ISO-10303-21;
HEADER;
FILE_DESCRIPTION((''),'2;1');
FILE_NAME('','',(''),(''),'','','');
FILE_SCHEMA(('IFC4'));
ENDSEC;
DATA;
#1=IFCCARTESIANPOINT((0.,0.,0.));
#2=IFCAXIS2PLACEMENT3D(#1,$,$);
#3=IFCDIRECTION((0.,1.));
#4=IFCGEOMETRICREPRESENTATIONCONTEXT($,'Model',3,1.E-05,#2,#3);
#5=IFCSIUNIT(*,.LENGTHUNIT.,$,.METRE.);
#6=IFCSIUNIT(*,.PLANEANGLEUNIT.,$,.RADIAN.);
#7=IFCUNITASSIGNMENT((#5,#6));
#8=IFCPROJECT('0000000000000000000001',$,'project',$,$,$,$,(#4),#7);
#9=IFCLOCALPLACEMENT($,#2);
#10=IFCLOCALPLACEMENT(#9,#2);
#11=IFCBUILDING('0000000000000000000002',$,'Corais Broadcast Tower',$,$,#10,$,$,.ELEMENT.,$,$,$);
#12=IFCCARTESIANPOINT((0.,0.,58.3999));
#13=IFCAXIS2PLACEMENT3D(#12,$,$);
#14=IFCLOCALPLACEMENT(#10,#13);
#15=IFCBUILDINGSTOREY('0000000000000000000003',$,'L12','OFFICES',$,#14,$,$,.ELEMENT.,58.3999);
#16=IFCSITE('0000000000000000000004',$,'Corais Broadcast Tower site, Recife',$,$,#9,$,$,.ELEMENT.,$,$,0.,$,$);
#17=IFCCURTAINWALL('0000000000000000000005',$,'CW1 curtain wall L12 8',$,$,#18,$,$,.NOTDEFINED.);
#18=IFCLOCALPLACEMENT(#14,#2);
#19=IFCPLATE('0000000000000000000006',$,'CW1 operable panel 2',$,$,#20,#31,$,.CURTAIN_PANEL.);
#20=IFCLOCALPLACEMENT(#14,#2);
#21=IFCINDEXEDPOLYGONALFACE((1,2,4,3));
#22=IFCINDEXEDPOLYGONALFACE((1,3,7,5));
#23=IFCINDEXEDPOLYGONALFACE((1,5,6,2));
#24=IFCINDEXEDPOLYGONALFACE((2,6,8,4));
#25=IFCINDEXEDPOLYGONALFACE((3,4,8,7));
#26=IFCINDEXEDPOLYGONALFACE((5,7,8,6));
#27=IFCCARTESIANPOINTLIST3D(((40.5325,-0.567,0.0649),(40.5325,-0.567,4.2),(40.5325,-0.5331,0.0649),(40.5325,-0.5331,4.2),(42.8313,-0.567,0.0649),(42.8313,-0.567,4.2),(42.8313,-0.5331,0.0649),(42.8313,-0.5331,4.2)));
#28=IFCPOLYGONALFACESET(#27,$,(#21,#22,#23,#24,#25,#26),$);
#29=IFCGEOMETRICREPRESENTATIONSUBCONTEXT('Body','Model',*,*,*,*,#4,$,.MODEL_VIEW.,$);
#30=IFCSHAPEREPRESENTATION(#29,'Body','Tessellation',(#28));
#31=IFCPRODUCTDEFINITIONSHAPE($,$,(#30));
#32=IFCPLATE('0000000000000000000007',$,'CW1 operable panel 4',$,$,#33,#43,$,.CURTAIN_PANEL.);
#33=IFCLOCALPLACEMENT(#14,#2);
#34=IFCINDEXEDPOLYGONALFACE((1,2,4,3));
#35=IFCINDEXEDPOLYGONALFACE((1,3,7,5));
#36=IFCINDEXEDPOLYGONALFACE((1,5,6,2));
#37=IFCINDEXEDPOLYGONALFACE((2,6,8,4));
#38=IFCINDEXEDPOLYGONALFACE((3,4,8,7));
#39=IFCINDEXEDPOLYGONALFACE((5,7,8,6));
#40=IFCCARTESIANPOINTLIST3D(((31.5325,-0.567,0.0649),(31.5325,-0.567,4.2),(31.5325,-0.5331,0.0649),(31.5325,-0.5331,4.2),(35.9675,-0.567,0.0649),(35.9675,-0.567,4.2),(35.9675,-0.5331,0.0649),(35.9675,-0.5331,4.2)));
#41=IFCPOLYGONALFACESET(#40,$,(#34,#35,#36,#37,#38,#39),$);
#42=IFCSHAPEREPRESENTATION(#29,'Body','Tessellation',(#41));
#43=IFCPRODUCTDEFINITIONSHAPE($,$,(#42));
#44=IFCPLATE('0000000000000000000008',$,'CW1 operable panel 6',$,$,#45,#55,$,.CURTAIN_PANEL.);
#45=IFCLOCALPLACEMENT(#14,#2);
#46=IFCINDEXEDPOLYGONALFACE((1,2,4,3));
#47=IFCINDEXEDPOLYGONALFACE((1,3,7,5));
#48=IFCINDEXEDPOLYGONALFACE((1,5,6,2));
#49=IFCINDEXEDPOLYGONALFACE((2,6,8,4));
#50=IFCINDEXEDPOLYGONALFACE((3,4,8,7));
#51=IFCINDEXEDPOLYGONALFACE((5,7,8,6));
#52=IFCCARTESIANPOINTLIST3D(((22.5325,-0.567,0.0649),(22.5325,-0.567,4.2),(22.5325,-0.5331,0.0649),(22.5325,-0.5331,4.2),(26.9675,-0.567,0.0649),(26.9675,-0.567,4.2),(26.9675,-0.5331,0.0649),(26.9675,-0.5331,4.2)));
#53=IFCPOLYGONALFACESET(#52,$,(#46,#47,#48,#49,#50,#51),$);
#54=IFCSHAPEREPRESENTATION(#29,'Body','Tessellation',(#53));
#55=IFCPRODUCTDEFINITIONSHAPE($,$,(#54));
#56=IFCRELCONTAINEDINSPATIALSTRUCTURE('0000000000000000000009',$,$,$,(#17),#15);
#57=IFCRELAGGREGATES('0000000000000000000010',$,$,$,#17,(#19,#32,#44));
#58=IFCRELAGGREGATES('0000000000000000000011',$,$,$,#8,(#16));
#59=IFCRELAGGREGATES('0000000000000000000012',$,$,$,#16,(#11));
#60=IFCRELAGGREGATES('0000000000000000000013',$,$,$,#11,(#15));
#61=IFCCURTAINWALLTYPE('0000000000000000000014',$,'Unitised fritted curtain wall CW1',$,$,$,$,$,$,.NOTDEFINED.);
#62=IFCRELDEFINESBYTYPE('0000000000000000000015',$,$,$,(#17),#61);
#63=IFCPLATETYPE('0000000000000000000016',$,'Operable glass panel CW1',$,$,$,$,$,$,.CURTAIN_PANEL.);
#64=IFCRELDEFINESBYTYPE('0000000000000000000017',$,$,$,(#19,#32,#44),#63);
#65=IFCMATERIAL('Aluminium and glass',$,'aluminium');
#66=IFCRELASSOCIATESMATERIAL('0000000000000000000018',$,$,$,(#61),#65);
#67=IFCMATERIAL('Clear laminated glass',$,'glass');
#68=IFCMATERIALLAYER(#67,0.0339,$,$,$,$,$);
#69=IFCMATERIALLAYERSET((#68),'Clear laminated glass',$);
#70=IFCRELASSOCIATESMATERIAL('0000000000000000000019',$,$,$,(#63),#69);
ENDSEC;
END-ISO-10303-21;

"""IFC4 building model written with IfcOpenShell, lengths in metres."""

from ifc_helpers import new_model, si_unit, direction, frame, origin, origin_2d, place, context, subcontext, project, spatial, rectangle, extrude, material, layer, layer_set, type_object, element, aggregate, save


model = new_model("IFC4")

# Units and contexts
model_context = context("Model", 3, precision=1e-05, world=origin(), true_north=direction((0.0, 1.0)))
body_context = subcontext(model_context, "Body", "Model", "MODEL_VIEW")
ifc_project = project(units=[si_unit("LENGTHUNIT", "METRE"), si_unit("PLANEANGLEUNIT", "RADIAN")], contexts=[model_context])

# Site, building, storey
site_placement = place(None, origin())
site = spatial("IfcSite", under=ifc_project, at=site_placement, Name="Corais Broadcast Tower site, Recife", CompositionType="ELEMENT", RefElevation=0.0)
building_placement = place(site_placement, origin())
building = spatial("IfcBuilding", under=site, at=building_placement, Name="Corais Broadcast Tower", CompositionType="ELEMENT")
storey_placement = place(building_placement, frame((0.0, 0.0, 58.3999)))
storey = spatial("IfcBuildingStorey", under=building, at=storey_placement, Name="L12", Description="OFFICES", CompositionType="ELEMENT", Elevation=58.3999)

# Curtain wall
ifc_material_1 = material(Name="Aluminium and glass", Category="aluminium")
curtain_wall_type = type_object("IfcCurtainWallType", Name="Unitised fritted curtain wall CW1", PredefinedType="NOTDEFINED", material=ifc_material_1)
curtain_wall_placement = place(storey_placement, origin())
curtain_wall = element("IfcCurtainWall", 1, at=curtain_wall_placement, inside=storey, type_object=curtain_wall_type, Name="CW1 curtain wall L12 8", PredefinedType="NOTDEFINED")

# Plates
ifc_material_2 = material(Name="Clear laminated glass", Category="glass")
ifc_layer_1 = layer(ifc_material_2, 0.0339)
ifc_layer_set_1 = layer_set([ifc_layer_1], Name="Clear laminated glass")
plate_type_1 = type_object("IfcPlateType", Name="Operable glass panel CW1", PredefinedType="CURTAIN_PANEL", material=ifc_layer_set_1)
plate_1_placement = place(storey_placement, frame((41.6819, -0.55, 0.0649), z_axis=(0.0, 0.0, 1.0), x_axis=(-1.0, 0.0, 0.0)))
plate_1 = element("IfcPlate", 2, at=plate_1_placement, type_object=plate_type_1, Name="CW1 operable panel 2", PredefinedType="CURTAIN_PANEL", context=body_context, shape_type="SweptSolid", body=[
    extrude(rectangle(XDim=2.2988, YDim=0.0339, at=origin_2d()), origin(), (0.0, 0.0, 1.0), 4.135),
])
plate_2_placement = place(storey_placement, frame((33.75, -0.55, 0.0649), z_axis=(0.0, 0.0, 1.0), x_axis=(-1.0, 0.0, 0.0)))
plate_2 = element("IfcPlate", 3, at=plate_2_placement, type_object=plate_type_1, Name="CW1 operable panel 4", PredefinedType="CURTAIN_PANEL", context=body_context, shape_type="SweptSolid", body=[
    extrude(rectangle(XDim=4.4351, YDim=0.0339, at=origin_2d()), origin(), (0.0, 0.0, 1.0), 4.135),
])
plate_3_placement = place(storey_placement, frame((24.75, -0.55, 0.0649), z_axis=(0.0, 0.0, 1.0), x_axis=(-1.0, 0.0, 0.0)))
plate_3 = element("IfcPlate", 4, at=plate_3_placement, type_object=plate_type_1, Name="CW1 operable panel 6", PredefinedType="CURTAIN_PANEL", context=body_context, shape_type="SweptSolid", body=[
    extrude(rectangle(XDim=4.4351, YDim=0.0339, at=origin_2d()), origin(), (0.0, 0.0, 1.0), 4.135),
])
aggregate(curtain_wall, [plate_1, plate_2, plate_3])

save(model, "model.ifc")
